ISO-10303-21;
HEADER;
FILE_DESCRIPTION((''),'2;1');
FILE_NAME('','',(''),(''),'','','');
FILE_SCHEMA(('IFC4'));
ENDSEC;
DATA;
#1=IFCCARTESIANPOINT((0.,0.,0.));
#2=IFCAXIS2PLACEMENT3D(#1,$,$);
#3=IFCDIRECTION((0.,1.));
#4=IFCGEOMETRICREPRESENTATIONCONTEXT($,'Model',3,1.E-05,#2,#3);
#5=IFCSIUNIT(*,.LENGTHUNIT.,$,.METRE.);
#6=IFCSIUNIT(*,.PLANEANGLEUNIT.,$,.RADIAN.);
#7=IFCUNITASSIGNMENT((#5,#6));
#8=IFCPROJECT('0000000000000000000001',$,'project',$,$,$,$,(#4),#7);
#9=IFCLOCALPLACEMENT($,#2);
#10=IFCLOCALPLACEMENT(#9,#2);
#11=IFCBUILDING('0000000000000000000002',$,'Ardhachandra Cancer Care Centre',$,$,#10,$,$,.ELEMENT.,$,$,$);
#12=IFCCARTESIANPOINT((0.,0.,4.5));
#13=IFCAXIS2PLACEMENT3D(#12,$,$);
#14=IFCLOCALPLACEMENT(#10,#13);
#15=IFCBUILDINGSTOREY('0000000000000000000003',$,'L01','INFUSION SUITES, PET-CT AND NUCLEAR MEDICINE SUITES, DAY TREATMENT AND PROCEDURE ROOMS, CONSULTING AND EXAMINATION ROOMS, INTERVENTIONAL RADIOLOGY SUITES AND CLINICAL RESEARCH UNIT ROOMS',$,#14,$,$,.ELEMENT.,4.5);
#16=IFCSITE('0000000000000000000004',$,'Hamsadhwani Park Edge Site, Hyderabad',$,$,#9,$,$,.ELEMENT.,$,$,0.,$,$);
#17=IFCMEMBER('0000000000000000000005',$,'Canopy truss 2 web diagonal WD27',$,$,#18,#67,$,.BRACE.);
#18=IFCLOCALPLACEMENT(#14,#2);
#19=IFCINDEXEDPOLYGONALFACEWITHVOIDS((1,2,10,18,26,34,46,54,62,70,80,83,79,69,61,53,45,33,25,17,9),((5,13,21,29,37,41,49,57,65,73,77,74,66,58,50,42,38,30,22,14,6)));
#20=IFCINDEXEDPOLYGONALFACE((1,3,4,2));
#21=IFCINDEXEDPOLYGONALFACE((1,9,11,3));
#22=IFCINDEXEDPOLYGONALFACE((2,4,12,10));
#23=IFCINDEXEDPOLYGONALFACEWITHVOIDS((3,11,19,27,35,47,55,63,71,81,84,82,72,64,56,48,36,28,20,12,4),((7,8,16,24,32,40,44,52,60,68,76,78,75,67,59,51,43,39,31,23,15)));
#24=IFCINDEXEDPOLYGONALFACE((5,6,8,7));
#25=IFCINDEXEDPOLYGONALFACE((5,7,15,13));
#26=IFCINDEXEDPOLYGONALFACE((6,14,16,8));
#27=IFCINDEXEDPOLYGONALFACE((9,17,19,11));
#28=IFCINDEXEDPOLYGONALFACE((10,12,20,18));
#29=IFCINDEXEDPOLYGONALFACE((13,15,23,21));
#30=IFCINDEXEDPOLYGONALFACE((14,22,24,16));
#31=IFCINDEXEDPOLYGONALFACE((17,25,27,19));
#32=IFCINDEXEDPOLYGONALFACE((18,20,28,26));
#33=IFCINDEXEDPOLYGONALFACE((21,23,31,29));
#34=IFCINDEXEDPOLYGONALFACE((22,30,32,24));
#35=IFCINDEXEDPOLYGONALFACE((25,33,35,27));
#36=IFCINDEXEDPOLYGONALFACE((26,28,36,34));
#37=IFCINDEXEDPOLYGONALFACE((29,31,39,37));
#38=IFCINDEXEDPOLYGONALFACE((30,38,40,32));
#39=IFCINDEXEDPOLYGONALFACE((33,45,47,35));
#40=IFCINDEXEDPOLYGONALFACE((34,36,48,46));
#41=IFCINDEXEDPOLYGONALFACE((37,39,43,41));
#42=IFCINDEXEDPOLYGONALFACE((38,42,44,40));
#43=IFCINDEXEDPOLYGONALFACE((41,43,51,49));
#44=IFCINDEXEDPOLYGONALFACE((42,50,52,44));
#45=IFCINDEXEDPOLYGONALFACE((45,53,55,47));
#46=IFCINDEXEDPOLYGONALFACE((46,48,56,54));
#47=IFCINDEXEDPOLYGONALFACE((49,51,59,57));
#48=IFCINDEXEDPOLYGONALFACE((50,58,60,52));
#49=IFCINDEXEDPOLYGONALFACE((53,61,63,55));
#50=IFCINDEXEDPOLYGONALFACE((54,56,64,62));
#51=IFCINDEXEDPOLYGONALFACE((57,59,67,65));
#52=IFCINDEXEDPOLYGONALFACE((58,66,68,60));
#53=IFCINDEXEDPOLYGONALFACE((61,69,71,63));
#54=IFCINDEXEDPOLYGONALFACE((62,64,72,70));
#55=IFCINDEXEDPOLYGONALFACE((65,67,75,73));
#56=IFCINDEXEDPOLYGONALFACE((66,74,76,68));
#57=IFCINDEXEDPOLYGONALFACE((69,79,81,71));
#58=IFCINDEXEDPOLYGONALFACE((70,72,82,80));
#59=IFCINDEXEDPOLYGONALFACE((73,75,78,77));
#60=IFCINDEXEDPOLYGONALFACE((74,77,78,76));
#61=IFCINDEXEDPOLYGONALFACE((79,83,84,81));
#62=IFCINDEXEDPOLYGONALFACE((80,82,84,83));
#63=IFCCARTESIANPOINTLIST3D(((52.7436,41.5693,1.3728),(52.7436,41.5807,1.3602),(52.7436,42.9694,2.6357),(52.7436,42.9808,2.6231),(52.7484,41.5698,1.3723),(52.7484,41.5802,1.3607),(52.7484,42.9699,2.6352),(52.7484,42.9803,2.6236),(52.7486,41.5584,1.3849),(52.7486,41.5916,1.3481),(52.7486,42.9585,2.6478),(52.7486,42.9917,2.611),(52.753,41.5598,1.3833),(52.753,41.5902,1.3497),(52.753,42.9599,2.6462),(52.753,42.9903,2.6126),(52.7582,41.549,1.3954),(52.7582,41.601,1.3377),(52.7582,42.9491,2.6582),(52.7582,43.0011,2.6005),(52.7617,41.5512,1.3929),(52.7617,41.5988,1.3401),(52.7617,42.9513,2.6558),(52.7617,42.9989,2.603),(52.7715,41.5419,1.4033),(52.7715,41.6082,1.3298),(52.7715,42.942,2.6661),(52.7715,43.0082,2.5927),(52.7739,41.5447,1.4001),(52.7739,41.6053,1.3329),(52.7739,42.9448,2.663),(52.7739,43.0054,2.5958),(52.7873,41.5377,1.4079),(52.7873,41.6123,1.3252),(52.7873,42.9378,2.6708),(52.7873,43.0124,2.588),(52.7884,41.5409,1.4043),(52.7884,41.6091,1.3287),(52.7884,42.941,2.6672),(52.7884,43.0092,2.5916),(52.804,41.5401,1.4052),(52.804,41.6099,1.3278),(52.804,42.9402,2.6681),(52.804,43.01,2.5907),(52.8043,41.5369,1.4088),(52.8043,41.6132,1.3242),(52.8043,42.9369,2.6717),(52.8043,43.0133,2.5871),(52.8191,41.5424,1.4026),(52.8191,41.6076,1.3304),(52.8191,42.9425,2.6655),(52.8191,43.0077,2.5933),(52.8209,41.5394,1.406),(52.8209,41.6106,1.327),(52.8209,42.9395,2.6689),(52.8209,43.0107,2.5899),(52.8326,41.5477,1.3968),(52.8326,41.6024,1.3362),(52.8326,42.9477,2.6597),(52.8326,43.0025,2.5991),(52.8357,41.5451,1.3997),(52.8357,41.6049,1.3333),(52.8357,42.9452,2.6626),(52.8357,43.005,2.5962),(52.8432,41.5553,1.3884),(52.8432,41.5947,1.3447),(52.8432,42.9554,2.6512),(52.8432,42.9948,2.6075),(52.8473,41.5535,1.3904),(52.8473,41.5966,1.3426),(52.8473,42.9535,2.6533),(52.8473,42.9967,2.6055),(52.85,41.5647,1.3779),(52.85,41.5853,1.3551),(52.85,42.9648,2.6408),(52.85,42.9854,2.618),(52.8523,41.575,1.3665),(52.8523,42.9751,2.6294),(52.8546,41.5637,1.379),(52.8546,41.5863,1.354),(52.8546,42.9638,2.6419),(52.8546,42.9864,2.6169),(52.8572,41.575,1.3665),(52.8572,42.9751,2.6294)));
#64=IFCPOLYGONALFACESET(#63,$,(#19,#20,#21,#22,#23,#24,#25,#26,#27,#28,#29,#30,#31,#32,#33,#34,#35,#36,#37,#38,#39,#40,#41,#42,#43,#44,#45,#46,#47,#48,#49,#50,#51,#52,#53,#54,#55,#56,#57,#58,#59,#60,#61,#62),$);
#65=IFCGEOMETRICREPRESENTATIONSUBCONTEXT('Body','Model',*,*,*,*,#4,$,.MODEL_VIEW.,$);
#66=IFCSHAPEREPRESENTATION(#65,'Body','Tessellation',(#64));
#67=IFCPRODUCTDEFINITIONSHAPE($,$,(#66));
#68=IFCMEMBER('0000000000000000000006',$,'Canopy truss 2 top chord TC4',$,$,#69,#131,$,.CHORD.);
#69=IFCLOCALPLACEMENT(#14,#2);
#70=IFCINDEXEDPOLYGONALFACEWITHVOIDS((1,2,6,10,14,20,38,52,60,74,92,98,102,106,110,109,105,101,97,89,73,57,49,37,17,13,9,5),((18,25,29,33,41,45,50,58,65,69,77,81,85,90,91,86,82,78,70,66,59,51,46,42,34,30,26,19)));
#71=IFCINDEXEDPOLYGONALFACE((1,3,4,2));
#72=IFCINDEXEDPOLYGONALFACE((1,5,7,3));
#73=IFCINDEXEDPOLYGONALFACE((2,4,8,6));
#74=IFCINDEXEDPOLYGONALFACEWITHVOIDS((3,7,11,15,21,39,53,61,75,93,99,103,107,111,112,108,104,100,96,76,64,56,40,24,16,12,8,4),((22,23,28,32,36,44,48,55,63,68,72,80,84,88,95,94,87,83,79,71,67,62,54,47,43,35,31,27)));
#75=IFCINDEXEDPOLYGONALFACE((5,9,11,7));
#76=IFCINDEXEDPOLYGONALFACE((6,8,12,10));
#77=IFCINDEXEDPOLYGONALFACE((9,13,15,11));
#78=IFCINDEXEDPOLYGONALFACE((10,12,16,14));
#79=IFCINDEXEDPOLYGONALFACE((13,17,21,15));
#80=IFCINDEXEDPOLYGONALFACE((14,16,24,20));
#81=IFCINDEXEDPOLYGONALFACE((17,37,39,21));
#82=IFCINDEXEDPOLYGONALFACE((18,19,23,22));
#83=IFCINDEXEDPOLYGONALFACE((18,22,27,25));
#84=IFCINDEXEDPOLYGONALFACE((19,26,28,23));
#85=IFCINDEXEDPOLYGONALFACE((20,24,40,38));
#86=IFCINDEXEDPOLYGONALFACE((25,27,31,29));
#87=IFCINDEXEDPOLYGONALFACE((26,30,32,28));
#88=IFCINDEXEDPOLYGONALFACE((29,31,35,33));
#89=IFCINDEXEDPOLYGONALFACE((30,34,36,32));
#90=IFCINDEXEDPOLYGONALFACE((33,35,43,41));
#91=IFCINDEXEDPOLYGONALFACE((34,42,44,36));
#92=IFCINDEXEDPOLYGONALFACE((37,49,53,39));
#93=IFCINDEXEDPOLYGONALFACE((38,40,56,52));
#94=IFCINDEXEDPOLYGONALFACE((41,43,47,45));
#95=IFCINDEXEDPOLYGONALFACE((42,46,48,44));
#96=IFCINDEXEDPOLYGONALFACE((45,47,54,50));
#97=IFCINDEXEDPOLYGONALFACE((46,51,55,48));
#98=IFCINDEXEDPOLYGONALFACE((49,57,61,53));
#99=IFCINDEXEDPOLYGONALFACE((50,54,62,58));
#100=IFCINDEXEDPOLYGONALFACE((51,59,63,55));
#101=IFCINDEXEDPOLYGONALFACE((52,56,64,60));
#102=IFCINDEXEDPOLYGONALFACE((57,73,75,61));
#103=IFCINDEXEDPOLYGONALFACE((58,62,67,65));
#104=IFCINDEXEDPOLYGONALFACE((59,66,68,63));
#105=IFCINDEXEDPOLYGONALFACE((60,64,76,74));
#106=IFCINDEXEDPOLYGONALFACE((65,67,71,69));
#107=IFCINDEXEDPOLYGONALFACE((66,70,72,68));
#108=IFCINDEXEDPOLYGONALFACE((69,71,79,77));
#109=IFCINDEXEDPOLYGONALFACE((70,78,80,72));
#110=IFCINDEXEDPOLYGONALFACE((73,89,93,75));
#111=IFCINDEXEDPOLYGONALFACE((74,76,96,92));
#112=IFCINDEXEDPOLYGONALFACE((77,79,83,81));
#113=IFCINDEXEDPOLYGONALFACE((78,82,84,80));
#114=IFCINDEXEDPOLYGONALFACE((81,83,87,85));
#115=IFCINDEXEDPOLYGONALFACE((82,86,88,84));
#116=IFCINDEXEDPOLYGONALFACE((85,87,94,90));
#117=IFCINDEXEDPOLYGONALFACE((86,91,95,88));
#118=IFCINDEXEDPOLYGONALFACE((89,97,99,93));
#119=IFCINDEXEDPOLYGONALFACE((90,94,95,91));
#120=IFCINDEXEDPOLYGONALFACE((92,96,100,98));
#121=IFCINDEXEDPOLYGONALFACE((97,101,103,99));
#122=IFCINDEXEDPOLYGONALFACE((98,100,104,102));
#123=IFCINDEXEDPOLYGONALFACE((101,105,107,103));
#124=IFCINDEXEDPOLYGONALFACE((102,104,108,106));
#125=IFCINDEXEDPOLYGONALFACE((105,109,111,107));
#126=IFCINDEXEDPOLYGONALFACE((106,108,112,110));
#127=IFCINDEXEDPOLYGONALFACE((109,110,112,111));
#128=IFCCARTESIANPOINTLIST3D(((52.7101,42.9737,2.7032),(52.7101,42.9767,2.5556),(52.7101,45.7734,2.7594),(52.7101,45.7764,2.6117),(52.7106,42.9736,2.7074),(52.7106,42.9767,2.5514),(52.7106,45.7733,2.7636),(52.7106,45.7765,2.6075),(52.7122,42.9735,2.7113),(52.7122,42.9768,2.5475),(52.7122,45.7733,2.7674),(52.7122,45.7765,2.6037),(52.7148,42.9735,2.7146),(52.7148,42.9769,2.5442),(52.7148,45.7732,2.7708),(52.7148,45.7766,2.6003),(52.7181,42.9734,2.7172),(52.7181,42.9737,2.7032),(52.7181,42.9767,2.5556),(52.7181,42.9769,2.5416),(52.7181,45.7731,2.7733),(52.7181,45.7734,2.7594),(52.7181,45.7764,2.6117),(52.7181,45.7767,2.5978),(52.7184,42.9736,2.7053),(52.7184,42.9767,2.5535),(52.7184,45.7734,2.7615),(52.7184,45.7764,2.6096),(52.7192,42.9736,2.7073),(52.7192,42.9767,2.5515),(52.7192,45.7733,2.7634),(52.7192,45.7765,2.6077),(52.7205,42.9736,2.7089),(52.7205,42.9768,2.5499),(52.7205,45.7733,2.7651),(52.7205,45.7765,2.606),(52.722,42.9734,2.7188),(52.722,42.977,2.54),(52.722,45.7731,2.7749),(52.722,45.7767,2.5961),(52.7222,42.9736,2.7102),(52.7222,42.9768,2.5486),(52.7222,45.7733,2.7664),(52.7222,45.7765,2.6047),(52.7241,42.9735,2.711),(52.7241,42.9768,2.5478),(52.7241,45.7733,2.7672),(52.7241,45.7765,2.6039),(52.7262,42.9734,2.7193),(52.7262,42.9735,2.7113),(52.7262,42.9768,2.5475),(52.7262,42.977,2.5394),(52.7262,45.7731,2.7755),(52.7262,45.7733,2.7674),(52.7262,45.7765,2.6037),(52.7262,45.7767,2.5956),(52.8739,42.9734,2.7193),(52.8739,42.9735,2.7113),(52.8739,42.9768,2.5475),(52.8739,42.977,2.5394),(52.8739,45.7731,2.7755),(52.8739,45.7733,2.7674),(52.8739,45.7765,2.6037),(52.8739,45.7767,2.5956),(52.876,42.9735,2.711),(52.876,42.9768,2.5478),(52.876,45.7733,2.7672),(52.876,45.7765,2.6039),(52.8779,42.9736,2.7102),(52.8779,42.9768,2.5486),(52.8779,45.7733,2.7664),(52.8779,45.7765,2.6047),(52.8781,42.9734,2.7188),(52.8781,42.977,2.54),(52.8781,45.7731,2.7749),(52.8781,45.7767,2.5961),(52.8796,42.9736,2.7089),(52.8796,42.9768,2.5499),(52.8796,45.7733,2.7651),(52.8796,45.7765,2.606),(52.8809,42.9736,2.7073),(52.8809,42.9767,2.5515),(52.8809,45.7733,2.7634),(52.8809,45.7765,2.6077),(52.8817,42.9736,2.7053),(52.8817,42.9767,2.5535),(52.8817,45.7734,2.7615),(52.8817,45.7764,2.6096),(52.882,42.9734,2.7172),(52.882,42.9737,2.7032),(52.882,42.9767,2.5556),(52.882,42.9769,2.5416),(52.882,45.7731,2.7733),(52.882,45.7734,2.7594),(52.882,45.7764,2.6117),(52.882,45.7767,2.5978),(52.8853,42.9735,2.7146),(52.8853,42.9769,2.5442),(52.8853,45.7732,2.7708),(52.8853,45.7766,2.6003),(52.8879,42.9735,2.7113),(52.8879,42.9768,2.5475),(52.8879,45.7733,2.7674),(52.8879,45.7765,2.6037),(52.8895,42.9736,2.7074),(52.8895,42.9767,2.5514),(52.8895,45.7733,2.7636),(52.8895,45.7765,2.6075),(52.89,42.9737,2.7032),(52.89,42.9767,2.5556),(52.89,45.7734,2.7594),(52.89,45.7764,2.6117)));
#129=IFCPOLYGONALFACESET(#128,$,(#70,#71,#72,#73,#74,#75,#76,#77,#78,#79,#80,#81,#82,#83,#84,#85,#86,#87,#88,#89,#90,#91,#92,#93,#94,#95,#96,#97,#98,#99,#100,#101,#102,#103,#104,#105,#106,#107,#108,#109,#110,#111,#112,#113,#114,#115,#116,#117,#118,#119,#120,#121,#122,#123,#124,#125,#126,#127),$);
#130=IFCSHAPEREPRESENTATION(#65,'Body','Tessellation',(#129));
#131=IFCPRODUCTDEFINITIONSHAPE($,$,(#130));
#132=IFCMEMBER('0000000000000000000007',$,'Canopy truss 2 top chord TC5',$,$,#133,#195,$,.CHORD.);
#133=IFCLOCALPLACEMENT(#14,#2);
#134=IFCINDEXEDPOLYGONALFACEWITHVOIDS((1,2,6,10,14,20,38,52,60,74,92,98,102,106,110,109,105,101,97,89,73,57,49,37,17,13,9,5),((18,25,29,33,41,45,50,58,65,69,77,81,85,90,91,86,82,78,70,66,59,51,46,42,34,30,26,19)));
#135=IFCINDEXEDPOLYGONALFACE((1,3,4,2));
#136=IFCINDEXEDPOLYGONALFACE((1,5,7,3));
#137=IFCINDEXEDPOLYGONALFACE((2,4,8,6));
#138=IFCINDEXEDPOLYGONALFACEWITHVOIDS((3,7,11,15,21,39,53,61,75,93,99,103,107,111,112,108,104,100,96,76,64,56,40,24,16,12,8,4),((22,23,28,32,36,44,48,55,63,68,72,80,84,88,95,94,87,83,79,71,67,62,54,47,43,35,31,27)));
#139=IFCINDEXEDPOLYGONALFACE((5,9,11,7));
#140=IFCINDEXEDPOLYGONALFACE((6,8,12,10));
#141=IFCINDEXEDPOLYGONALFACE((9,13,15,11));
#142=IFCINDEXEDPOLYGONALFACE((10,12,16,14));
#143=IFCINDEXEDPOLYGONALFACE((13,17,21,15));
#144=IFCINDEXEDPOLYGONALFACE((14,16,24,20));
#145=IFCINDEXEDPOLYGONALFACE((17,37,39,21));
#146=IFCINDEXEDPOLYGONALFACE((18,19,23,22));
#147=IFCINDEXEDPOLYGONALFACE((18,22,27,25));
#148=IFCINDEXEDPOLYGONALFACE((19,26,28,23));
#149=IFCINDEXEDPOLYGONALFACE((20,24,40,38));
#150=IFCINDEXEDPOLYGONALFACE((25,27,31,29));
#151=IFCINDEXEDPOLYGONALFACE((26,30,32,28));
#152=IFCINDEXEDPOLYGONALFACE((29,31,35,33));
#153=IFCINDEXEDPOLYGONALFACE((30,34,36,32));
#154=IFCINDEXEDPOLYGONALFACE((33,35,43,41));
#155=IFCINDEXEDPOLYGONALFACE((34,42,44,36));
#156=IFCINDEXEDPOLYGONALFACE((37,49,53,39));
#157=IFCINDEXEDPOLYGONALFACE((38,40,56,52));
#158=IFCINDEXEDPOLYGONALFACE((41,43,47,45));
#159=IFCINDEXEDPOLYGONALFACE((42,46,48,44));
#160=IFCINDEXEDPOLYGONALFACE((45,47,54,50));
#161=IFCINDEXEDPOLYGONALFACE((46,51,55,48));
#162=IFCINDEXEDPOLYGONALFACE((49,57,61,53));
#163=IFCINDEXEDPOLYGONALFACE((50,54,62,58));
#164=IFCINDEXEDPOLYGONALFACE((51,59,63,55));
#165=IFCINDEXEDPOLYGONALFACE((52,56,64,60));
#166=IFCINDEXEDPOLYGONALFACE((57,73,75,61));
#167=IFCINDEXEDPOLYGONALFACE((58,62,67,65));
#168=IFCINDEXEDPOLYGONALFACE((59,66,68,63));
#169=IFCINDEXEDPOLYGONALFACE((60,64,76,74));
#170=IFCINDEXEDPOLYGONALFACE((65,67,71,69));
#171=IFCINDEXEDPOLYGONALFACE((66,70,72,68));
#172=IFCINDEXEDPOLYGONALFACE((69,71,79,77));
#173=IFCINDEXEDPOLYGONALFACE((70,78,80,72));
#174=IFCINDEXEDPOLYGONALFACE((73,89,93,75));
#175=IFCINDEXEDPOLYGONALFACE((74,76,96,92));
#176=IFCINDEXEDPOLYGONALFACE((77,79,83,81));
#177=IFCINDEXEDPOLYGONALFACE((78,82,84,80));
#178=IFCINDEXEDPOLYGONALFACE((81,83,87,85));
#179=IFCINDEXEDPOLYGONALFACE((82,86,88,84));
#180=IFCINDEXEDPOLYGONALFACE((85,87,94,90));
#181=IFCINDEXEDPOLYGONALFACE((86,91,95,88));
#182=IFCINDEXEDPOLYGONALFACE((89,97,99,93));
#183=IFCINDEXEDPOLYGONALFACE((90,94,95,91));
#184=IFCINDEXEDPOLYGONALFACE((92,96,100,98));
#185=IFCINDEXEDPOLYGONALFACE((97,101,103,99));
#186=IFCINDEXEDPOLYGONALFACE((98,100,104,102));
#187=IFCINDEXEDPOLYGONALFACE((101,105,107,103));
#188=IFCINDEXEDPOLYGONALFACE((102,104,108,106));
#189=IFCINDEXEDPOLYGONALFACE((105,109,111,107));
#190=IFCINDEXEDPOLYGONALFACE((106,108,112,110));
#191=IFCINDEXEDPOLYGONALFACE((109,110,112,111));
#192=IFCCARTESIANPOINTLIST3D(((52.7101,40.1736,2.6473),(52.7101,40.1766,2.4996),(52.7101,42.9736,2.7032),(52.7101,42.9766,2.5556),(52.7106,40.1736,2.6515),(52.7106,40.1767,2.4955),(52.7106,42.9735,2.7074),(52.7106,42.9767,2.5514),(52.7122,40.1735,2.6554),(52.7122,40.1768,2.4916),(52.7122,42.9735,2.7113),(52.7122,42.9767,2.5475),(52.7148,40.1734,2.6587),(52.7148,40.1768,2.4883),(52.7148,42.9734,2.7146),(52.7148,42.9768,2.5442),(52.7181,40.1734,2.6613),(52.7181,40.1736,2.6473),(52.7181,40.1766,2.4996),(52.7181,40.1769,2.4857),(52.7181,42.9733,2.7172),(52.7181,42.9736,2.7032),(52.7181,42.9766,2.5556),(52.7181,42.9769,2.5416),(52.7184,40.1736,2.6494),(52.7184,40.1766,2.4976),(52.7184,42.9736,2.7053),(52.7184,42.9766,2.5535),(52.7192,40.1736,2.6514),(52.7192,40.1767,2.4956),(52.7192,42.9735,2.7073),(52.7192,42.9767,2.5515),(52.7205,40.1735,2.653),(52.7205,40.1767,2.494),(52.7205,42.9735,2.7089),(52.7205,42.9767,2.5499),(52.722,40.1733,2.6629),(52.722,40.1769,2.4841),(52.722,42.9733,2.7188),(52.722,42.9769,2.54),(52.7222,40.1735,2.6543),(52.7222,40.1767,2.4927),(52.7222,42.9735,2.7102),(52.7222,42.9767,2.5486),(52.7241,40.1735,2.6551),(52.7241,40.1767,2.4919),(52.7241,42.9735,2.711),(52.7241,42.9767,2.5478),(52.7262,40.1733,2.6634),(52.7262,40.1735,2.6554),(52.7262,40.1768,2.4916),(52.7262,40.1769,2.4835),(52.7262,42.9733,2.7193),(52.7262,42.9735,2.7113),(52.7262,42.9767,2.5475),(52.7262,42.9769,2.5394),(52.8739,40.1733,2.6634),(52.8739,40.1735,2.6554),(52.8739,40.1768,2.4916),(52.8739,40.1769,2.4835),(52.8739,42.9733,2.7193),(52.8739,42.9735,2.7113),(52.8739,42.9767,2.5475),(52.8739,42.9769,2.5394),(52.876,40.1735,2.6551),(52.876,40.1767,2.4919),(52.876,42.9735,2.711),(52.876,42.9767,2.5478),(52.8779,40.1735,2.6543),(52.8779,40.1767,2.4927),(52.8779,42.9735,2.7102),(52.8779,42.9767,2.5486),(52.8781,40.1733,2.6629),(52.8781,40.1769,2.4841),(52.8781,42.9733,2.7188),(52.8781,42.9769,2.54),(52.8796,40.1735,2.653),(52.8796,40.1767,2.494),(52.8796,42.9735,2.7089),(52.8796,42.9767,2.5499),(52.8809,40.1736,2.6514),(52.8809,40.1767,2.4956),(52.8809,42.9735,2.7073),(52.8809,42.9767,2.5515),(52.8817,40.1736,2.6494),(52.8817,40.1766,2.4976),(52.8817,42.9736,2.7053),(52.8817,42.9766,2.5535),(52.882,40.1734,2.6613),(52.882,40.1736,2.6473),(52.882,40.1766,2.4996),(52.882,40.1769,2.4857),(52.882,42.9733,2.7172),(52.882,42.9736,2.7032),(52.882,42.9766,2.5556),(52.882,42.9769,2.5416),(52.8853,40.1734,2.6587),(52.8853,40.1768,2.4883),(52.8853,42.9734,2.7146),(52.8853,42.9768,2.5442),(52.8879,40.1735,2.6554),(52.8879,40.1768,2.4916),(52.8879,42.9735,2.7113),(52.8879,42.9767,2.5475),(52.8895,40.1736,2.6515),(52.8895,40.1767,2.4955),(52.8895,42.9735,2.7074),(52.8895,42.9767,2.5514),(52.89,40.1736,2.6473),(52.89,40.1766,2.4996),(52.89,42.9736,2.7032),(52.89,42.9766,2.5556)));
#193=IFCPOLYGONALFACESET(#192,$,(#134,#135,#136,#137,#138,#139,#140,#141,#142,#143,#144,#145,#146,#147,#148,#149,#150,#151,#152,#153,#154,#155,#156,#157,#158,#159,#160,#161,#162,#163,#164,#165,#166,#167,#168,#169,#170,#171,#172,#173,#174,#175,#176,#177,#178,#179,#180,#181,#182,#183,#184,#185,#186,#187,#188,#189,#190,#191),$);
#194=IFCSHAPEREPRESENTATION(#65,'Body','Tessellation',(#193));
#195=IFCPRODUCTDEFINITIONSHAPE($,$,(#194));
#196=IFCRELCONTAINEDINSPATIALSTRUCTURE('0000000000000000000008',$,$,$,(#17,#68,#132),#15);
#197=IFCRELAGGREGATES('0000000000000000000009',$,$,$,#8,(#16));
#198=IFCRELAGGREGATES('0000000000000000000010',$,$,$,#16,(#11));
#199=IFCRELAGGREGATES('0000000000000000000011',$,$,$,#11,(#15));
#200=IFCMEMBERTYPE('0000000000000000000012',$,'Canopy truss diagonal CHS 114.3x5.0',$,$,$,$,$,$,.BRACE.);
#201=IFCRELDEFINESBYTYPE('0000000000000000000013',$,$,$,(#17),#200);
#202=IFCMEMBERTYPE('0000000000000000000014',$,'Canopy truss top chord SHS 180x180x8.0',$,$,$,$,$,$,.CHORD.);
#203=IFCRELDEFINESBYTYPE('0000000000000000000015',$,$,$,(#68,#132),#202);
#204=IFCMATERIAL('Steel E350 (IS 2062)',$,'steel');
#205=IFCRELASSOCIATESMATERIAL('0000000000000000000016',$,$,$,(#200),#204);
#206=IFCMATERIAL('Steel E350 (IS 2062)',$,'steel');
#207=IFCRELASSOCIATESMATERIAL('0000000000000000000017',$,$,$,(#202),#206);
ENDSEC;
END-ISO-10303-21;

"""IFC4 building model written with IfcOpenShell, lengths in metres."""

from ifc_helpers import new_model, si_unit, direction, frame, origin, origin_2d, place, context, subcontext, project, spatial, hollow_rectangle, hollow_circle, extrude, material, material_profile, profile_set, type_object, element, save


model = new_model("IFC4")

# Units and contexts
model_context = context("Model", 3, precision=1e-05, world=origin(), true_north=direction((0.0, 1.0)))
body_context = subcontext(model_context, "Body", "Model", "MODEL_VIEW")
ifc_project = project(units=[si_unit("LENGTHUNIT", "METRE"), si_unit("PLANEANGLEUNIT", "RADIAN")], contexts=[model_context])

# Site, building, storey
site_placement = place(None, origin())
site = spatial("IfcSite", under=ifc_project, at=site_placement, Name="Hamsadhwani Park Edge Site, Hyderabad", CompositionType="ELEMENT", RefElevation=0.0)
building_placement = place(site_placement, origin())
building = spatial("IfcBuilding", under=site, at=building_placement, Name="Ardhachandra Cancer Care Centre", CompositionType="ELEMENT")
storey_placement = place(building_placement, frame((0.0, 0.0, 4.5)))
storey = spatial("IfcBuildingStorey", under=building, at=storey_placement, Name="L01", Description="INFUSION SUITES, PET-CT AND NUCLEAR MEDICINE SUITES, DAY TREATMENT AND PROCEDURE ROOMS, CONSULTING AND EXAMINATION ROOMS, INTERVENTIONAL RADIOLOGY SUITES AND CLINICAL RESEARCH UNIT ROOMS", CompositionType="ELEMENT", Elevation=4.5)

# Members
ifc_material_1 = material(Name="Steel E350 (IS 2062)", Category="steel")
ifc_material_profile_1 = material_profile(ifc_material_1, hollow_circle(Radius=0.0571, WallThickness=0.0049, at=origin_2d()), Name="CHS 114.3x5.0")
ifc_profile_set_1 = profile_set([ifc_material_profile_1], Name="Steel E350 (IS 2062)")
member_type_1 = type_object("IfcMemberType", Name="Canopy truss diagonal CHS 114.3x5.0", PredefinedType="BRACE", material=ifc_profile_set_1)
member_1_placement = place(storey_placement, frame((52.8, 42.9751, 2.6294), z_axis=(0.0, -0.742553, -0.669787), x_axis=(1.0, 0.0, 0.0)))
element("IfcMember", 1, at=member_1_placement, inside=storey, type_object=member_type_1, Name="Canopy truss 2 web diagonal WD27", PredefinedType="BRACE", context=body_context, shape_type="SweptSolid", body=[
    extrude(hollow_circle(Radius=0.0571, WallThickness=0.0049, at=origin_2d()), origin(), (0.0, 0.0, 1.0), 1.8855),
])
ifc_material_2 = material(Name="Steel E350 (IS 2062)", Category="steel")
ifc_material_profile_2 = material_profile(ifc_material_2, hollow_rectangle(XDim=0.1799, YDim=0.1799, WallThickness=0.0081, InnerFilletRadius=0.0081, OuterFilletRadius=0.0161, at=origin_2d()), Name="SHS 180x180x8.0")
ifc_profile_set_2 = profile_set([ifc_material_profile_2], Name="Steel E350 (IS 2062)")
member_type_2 = type_object("IfcMemberType", Name="Canopy truss top chord SHS 180x180x8.0", PredefinedType="CHORD", material=ifc_profile_set_2)
member_2_placement = place(storey_placement, frame((52.8, 45.7749, 2.6855), z_axis=(0.0, -0.999799, -0.020052), x_axis=(1.0, 0.0, 0.0)))
element("IfcMember", 2, at=member_2_placement, inside=storey, type_object=member_type_2, Name="Canopy truss 2 top chord TC4", PredefinedType="CHORD", context=body_context, shape_type="SweptSolid", body=[
    extrude(hollow_rectangle(XDim=0.1799, YDim=0.1799, WallThickness=0.0081, InnerFilletRadius=0.0081, OuterFilletRadius=0.0161, at=origin_2d()), origin(), (0.0, 0.0, 1.0), 2.8003),
])
member_3_placement = place(storey_placement, frame((52.8, 42.9751, 2.6294), z_axis=(0.0, -0.999801, -0.019963), x_axis=(1.0, 0.0, 0.0)))
element("IfcMember", 3, at=member_3_placement, inside=storey, type_object=member_type_2, Name="Canopy truss 2 top chord TC5", PredefinedType="CHORD", context=body_context, shape_type="SweptSolid", body=[
    extrude(hollow_rectangle(XDim=0.1799, YDim=0.1799, WallThickness=0.0081, InnerFilletRadius=0.0081, OuterFilletRadius=0.0161, at=origin_2d()), origin(), (0.0, 0.0, 1.0), 2.8005),
])

save(model, "model.ifc")
